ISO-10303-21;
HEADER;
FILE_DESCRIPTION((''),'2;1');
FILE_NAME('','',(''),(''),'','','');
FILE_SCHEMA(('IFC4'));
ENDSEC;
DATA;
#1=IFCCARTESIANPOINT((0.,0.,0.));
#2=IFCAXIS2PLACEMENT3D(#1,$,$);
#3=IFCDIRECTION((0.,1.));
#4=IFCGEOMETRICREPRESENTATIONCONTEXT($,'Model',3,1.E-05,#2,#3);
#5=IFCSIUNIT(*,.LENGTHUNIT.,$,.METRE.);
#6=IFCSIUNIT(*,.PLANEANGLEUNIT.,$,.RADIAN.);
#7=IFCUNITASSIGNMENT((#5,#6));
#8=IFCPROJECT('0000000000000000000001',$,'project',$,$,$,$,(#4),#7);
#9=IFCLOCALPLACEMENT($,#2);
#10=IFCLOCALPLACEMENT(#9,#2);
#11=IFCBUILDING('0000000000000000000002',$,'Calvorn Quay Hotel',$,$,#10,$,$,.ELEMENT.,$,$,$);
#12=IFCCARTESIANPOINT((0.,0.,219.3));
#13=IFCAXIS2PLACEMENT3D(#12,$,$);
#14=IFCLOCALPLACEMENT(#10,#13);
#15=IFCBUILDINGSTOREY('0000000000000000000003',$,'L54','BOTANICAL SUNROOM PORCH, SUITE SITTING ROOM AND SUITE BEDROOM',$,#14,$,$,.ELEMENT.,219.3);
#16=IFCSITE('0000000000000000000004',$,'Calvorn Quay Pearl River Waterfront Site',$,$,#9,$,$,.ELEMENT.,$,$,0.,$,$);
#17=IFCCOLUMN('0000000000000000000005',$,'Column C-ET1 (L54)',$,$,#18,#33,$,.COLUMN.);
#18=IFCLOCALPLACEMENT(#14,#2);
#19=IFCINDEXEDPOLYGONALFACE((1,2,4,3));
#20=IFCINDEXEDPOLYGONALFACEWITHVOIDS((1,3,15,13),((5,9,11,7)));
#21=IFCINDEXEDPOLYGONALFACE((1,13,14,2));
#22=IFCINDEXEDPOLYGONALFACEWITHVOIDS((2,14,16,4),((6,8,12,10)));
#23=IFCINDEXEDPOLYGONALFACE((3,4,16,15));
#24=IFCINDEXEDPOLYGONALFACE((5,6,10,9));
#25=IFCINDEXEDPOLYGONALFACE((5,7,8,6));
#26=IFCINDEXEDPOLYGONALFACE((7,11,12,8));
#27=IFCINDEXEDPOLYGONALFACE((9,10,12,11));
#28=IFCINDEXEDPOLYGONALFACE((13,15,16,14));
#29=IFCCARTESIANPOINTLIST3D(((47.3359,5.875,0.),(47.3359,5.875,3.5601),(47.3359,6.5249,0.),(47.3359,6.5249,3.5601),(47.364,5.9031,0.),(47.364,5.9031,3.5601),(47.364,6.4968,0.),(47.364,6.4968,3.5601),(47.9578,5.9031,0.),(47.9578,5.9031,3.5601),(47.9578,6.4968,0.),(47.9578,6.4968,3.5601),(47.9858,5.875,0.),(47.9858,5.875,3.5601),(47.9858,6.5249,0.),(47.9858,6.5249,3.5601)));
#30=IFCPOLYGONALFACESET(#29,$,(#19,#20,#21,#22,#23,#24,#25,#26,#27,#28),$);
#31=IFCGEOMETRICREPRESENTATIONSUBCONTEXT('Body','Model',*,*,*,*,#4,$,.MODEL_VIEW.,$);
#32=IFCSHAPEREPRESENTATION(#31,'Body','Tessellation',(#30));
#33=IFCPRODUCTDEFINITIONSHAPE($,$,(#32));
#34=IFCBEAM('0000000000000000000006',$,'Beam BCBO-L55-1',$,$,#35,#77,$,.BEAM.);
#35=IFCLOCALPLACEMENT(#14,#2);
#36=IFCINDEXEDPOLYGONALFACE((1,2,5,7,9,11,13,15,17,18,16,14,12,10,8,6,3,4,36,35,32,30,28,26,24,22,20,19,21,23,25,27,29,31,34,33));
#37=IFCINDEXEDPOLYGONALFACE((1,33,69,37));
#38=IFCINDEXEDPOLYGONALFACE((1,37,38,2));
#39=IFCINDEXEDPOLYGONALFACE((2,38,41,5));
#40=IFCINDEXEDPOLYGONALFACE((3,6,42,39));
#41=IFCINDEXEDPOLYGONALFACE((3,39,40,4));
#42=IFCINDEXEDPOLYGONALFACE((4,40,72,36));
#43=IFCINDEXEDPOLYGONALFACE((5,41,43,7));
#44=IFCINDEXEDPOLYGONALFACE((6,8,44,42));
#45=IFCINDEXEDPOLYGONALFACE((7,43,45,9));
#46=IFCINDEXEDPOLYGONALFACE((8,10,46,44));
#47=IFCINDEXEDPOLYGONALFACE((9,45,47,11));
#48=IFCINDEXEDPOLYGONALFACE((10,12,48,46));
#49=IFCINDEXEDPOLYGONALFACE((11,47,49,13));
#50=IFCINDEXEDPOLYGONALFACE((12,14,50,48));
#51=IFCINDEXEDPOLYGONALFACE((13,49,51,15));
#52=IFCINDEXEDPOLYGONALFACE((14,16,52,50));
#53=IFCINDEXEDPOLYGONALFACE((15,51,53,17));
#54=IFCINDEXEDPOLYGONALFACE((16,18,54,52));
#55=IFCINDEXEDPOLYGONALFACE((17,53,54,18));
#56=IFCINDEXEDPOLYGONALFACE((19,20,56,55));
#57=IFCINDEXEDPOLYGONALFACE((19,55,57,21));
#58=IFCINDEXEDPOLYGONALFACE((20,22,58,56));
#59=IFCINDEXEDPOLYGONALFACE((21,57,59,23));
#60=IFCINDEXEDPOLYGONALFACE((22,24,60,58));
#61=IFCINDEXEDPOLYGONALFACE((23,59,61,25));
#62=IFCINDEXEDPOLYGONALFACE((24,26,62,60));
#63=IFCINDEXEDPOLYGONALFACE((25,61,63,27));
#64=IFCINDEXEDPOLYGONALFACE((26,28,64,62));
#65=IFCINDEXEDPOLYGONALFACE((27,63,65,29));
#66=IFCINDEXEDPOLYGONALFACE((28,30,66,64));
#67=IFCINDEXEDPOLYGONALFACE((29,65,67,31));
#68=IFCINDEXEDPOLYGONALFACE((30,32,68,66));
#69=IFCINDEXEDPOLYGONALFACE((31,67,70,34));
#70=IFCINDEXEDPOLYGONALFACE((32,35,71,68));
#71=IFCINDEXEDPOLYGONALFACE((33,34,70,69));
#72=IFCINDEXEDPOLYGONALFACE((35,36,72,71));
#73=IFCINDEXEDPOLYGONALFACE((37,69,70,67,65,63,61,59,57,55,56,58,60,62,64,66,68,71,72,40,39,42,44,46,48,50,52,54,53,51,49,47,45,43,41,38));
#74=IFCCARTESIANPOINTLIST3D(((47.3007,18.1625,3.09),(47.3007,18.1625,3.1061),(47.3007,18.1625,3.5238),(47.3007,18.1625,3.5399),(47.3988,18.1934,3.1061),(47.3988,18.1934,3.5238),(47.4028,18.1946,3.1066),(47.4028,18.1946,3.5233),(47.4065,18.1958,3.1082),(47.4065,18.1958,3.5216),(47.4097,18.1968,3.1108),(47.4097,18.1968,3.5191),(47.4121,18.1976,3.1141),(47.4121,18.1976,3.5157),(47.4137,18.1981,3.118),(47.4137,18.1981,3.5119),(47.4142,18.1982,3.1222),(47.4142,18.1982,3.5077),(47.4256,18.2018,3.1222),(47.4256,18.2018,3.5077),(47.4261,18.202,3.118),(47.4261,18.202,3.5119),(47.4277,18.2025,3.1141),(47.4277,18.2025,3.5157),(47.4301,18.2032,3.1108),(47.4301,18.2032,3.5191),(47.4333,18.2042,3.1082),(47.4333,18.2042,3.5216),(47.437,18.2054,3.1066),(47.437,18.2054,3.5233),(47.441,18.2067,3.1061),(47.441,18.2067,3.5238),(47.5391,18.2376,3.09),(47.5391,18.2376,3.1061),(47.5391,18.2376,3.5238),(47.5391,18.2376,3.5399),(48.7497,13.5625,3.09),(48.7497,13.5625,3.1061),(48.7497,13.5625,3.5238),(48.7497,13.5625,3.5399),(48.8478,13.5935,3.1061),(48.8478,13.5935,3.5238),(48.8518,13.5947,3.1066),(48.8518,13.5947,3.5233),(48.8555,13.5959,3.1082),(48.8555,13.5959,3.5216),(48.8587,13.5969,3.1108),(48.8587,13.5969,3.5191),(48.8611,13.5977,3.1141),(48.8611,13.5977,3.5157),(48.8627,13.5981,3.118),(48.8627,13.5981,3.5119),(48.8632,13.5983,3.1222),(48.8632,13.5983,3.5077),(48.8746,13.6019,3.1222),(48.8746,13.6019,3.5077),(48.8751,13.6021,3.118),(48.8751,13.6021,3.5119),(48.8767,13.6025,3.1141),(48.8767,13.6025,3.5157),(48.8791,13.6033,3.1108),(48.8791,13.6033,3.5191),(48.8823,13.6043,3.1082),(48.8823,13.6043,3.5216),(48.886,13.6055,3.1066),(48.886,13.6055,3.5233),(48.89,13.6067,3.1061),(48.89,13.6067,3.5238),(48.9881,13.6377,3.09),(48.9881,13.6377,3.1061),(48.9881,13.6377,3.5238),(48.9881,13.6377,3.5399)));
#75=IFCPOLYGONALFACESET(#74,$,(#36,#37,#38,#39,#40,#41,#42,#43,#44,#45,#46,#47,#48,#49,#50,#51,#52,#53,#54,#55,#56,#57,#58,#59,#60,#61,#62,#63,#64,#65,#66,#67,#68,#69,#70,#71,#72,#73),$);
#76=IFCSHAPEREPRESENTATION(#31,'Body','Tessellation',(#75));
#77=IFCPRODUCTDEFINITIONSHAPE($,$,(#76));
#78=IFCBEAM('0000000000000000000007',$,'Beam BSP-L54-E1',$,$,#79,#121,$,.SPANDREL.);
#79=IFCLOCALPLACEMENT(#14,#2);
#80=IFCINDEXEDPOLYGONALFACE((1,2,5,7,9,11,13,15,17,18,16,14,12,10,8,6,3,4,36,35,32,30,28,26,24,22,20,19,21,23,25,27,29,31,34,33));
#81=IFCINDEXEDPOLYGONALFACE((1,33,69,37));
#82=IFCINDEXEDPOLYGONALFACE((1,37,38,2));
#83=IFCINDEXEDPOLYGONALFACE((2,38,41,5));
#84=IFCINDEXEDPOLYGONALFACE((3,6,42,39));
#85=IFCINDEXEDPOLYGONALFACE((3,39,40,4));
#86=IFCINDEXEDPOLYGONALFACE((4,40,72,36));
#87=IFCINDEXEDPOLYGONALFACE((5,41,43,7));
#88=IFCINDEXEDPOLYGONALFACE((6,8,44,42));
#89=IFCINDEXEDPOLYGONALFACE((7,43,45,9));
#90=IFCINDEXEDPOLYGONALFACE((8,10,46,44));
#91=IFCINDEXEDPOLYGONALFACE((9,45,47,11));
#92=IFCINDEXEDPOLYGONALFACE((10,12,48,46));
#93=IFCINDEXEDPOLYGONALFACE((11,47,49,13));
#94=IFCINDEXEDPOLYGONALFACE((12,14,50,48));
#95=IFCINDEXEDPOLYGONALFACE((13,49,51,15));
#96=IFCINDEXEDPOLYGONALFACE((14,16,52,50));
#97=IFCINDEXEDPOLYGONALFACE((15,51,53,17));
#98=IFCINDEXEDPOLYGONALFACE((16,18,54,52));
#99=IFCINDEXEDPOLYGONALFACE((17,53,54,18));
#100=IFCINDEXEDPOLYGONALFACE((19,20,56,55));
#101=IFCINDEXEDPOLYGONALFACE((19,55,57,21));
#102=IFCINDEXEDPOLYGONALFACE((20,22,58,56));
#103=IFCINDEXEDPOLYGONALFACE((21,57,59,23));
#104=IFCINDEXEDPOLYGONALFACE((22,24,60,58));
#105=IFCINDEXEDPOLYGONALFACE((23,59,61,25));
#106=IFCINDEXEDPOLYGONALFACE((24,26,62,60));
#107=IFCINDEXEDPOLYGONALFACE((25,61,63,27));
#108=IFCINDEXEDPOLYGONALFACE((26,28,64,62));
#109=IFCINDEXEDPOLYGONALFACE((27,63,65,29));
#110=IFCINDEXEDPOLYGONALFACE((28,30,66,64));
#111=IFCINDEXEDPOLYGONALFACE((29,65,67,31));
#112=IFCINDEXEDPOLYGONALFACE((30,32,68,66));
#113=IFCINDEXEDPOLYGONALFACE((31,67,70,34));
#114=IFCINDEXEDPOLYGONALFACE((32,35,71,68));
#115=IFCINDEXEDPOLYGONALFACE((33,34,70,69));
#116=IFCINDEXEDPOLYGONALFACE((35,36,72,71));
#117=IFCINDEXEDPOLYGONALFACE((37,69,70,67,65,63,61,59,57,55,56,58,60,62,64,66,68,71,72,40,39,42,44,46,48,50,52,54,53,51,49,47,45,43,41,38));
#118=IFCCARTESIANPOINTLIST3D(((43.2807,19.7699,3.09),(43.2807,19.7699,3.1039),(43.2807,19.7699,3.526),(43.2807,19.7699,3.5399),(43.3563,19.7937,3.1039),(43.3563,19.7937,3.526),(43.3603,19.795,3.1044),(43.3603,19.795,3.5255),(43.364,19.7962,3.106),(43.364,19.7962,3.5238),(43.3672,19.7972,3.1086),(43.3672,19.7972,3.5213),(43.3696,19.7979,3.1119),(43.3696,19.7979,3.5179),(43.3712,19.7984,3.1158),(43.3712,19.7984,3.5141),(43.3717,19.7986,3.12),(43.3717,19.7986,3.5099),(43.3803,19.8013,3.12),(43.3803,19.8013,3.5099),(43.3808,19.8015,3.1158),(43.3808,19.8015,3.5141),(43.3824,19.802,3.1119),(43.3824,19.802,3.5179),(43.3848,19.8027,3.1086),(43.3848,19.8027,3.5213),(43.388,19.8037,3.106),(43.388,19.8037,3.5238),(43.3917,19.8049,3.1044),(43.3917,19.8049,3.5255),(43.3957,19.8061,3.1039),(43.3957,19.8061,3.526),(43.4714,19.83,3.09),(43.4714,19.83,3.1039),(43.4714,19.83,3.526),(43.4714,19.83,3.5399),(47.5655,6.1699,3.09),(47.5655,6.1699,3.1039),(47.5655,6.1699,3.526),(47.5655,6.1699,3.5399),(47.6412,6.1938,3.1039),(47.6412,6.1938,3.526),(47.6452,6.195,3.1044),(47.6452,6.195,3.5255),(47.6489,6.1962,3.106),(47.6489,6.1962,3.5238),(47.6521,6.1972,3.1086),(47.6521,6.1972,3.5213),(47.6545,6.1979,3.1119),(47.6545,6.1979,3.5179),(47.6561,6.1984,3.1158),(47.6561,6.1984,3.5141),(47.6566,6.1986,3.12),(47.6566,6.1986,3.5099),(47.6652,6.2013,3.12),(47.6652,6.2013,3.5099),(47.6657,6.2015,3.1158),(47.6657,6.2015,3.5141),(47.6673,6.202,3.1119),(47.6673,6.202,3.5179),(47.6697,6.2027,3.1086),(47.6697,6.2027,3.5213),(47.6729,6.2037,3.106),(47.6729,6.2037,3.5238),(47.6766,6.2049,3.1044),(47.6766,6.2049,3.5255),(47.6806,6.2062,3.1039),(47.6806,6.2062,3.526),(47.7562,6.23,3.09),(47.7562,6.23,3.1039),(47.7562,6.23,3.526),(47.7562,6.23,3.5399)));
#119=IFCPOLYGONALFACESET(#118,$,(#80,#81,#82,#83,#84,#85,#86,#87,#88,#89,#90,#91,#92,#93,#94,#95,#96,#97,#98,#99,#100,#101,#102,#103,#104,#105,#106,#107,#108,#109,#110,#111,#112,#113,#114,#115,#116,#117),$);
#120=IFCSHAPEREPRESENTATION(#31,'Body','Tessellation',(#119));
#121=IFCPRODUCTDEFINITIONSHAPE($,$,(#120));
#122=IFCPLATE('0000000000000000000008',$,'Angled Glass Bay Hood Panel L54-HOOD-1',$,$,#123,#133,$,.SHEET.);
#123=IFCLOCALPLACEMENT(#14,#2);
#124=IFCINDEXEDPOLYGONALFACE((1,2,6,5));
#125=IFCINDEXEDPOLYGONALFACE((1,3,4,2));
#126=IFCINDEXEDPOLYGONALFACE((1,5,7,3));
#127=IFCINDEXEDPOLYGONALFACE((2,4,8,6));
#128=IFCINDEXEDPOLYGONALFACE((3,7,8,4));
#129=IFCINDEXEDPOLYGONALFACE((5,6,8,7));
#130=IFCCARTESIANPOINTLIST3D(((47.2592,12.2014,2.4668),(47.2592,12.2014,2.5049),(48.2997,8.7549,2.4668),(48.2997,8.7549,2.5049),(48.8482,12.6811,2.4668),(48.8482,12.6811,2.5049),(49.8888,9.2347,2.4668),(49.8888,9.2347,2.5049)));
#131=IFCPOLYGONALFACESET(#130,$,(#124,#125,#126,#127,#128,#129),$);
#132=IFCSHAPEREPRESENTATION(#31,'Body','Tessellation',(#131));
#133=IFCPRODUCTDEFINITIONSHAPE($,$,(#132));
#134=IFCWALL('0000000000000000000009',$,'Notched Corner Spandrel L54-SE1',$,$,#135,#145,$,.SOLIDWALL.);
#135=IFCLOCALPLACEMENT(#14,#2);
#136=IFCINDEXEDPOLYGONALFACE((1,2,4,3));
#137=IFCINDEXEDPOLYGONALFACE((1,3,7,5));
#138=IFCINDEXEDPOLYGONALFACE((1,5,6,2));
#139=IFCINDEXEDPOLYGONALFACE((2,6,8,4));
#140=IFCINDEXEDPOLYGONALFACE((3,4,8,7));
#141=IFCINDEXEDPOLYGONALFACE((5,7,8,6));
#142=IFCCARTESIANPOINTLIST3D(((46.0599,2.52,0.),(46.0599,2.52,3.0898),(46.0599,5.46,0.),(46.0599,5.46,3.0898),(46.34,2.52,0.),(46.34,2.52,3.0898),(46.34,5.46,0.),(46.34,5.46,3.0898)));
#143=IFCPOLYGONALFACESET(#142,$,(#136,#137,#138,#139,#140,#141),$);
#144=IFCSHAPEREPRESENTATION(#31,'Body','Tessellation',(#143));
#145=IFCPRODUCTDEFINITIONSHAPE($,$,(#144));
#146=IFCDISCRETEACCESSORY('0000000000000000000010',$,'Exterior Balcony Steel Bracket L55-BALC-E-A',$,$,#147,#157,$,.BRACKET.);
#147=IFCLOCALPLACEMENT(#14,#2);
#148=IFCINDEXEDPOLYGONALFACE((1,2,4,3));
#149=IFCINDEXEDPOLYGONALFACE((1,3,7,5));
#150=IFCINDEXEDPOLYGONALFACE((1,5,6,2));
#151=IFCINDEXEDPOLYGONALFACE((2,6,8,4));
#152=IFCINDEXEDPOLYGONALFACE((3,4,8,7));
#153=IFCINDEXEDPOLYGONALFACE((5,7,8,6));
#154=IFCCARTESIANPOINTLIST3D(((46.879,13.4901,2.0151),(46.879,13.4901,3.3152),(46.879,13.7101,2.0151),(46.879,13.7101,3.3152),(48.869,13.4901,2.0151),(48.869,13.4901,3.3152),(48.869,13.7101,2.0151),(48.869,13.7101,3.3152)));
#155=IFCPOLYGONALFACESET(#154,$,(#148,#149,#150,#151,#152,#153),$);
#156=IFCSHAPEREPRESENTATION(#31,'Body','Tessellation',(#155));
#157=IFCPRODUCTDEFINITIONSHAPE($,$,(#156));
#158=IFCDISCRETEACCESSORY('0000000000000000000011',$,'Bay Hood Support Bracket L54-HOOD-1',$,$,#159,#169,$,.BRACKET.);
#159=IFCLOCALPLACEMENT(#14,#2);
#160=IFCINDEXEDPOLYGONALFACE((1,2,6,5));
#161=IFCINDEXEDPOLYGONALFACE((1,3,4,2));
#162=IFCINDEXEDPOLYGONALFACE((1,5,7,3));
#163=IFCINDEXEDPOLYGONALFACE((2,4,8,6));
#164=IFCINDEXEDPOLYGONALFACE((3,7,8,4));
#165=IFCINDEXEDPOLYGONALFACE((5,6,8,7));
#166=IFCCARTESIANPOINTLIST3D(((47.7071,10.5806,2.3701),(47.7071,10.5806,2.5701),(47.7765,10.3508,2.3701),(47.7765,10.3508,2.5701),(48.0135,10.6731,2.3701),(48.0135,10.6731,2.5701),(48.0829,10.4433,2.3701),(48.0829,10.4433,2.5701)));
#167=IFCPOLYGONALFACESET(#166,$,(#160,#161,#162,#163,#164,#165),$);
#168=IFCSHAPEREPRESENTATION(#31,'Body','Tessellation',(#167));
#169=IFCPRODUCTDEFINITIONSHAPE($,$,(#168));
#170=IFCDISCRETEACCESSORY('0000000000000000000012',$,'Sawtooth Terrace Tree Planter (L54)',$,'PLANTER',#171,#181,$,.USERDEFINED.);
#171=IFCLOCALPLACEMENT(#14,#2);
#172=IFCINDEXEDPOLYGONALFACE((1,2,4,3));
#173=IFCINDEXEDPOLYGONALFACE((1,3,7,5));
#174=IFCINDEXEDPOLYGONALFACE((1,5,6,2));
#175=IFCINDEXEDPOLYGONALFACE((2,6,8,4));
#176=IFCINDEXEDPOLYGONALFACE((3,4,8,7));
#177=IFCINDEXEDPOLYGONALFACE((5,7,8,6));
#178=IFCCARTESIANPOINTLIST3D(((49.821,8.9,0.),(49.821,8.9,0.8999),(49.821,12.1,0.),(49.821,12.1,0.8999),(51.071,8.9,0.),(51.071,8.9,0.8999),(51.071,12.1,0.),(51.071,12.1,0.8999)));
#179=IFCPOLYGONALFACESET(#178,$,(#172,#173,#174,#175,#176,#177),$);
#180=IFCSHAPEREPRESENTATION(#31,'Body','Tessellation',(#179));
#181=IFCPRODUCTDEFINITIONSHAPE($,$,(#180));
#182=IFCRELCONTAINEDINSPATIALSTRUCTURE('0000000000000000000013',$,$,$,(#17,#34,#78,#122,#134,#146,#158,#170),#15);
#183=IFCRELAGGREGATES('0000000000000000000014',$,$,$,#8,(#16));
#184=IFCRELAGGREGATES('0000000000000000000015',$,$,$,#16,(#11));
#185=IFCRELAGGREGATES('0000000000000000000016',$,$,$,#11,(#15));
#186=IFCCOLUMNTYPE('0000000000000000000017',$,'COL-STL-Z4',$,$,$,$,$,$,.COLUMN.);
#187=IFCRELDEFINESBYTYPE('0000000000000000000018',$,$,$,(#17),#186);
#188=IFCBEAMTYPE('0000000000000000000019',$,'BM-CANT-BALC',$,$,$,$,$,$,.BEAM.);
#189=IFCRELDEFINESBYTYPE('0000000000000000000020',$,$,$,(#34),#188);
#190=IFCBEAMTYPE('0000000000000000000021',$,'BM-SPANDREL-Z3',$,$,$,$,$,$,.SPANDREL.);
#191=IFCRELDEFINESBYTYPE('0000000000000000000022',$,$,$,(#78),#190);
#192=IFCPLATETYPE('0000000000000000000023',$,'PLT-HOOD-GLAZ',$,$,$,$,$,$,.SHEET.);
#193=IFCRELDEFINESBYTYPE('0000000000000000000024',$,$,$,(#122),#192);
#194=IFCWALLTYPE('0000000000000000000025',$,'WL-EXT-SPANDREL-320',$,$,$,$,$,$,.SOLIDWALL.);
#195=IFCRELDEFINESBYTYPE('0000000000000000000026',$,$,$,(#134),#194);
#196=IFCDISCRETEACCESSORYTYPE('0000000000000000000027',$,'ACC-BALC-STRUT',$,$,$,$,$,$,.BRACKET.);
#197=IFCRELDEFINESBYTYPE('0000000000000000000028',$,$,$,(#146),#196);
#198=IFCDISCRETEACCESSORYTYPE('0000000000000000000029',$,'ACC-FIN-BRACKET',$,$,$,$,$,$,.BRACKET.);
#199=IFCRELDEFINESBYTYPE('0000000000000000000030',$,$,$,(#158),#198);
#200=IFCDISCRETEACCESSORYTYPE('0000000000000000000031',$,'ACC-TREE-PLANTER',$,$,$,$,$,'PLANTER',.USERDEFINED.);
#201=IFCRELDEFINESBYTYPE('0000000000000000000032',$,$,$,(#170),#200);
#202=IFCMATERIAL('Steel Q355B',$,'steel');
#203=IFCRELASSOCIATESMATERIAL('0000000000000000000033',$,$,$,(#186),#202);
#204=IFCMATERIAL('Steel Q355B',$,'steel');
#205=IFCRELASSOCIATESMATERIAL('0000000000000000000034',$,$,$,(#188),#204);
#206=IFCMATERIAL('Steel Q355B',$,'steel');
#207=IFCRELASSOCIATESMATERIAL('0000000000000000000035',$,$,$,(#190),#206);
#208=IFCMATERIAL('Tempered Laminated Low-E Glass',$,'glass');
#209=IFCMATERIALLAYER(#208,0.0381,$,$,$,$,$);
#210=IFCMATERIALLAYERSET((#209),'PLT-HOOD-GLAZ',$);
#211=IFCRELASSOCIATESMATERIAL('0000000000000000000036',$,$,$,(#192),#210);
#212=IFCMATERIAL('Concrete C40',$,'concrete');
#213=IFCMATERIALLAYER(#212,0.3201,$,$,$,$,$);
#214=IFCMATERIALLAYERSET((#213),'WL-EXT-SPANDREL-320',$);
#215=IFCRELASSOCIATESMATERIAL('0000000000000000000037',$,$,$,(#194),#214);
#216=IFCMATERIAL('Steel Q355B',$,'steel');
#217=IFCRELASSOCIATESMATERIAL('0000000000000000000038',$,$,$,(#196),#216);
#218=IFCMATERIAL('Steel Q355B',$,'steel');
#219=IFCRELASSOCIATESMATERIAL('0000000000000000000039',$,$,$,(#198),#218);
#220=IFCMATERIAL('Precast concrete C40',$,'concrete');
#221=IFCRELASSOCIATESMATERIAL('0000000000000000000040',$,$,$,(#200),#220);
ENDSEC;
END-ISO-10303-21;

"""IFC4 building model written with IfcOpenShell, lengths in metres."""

from ifc_helpers import new_model, si_unit, direction, frame, frame_2d, origin, origin_2d, place, context, subcontext, project, spatial, rectangle, hollow_rectangle, i_section, extrude, material, layer, layer_set, material_profile, profile_set, type_object, element, save


model = new_model("IFC4")

# Units and contexts
model_context = context("Model", 3, precision=1e-05, world=origin(), true_north=direction((0.0, 1.0)))
body_context = subcontext(model_context, "Body", "Model", "MODEL_VIEW")
ifc_project = project(units=[si_unit("LENGTHUNIT", "METRE"), si_unit("PLANEANGLEUNIT", "RADIAN")], contexts=[model_context])

# Site, building, storey
site_placement = place(None, origin())
site = spatial("IfcSite", under=ifc_project, at=site_placement, Name="Calvorn Quay Pearl River Waterfront Site", CompositionType="ELEMENT", RefElevation=0.0)
building_placement = place(site_placement, origin())
building = spatial("IfcBuilding", under=site, at=building_placement, Name="Calvorn Quay Hotel", CompositionType="ELEMENT")
storey_placement = place(building_placement, frame((0.0, 0.0, 219.3)))
storey = spatial("IfcBuildingStorey", under=building, at=storey_placement, Name="L54", Description="BOTANICAL SUNROOM PORCH, SUITE SITTING ROOM AND SUITE BEDROOM", CompositionType="ELEMENT", Elevation=219.3)

# Column
ifc_material_1 = material(Name="Steel Q355B", Category="steel")
ifc_material_profile_1 = material_profile(ifc_material_1, hollow_rectangle(XDim=0.6499, YDim=0.6499, WallThickness=0.0281, at=origin_2d()), Name="BOX650x650x28")
ifc_profile_set_1 = profile_set([ifc_material_profile_1], Name="Steel Q355B")
column_type = type_object("IfcColumnType", Name="COL-STL-Z4", PredefinedType="COLUMN", material=ifc_profile_set_1)
column_placement = place(storey_placement, frame((47.6609, 6.2, 0.0), z_axis=(0.0, 0.0, 1.0), x_axis=(1.0, 0.0, 0.0)))
element("IfcColumn", 1, at=column_placement, inside=storey, type_object=column_type, Name="Column C-ET1 (L54)", PredefinedType="COLUMN", context=body_context, shape_type="SweptSolid", body=[
    extrude(hollow_rectangle(XDim=0.6499, YDim=0.6499, WallThickness=0.0281, at=origin_2d()), origin(), (0.0, 0.0, 1.0), 3.5601),
])

# Beams
ifc_material_2 = material(Name="Steel Q355B", Category="steel")
ifc_material_profile_2 = material_profile(ifc_material_2, i_section(OverallWidth=0.25, OverallDepth=0.45, WebThickness=0.012, FlangeThickness=0.0161, FilletRadius=0.0161, at=origin_2d()), Name="HN450x250x12x16")
ifc_profile_set_2 = profile_set([ifc_material_profile_2], Name="Steel Q355B")
beam_type_1 = type_object("IfcBeamType", Name="BM-CANT-BALC", PredefinedType="BEAM", material=ifc_profile_set_2)
beam_1_placement = place(storey_placement, frame((48.8689, 13.6001, 3.3149), z_axis=(-0.30045, 0.953797, 0.0), x_axis=(-0.953797, -0.30045, 0.0)))
element("IfcBeam", 2, at=beam_1_placement, inside=storey, type_object=beam_type_1, Name="Beam BCBO-L55-1", PredefinedType="BEAM", context=body_context, shape_type="SweptSolid", body=[
    extrude(i_section(OverallWidth=0.25, OverallDepth=0.45, WebThickness=0.012, FlangeThickness=0.0161, FilletRadius=0.0161, at=origin_2d()), origin(), (0.0, 0.0, 1.0), 4.8228),
])
ifc_material_3 = material(Name="Steel Q355B", Category="steel")
ifc_material_profile_3 = material_profile(ifc_material_3, i_section(OverallWidth=0.2, OverallDepth=0.45, WebThickness=0.009, FlangeThickness=0.0139, FilletRadius=0.0161, at=origin_2d()), Name="HN450x200x9x14")
ifc_profile_set_3 = profile_set([ifc_material_profile_3], Name="Steel Q355B")
beam_type_2 = type_object("IfcBeamType", Name="BM-SPANDREL-Z3", PredefinedType="SPANDREL", material=ifc_profile_set_3)
beam_2_placement = place(storey_placement, frame((47.6609, 6.2, 3.3149), z_axis=(-0.300503, 0.953781, 0.0), x_axis=(-0.953781, -0.300503, 0.0)))
element("IfcBeam", 3, at=beam_2_placement, inside=storey, type_object=beam_type_2, Name="Beam BSP-L54-E1", PredefinedType="SPANDREL", context=body_context, shape_type="SweptSolid", body=[
    extrude(i_section(OverallWidth=0.2, OverallDepth=0.45, WebThickness=0.009, FlangeThickness=0.0139, FilletRadius=0.0161, at=origin_2d()), origin(), (0.0, 0.0, 1.0), 14.259),
])

# Plate
ifc_material_4 = material(Name="Tempered Laminated Low-E Glass", Category="glass")
ifc_layer_1 = layer(ifc_material_4, 0.0381)
ifc_layer_set_1 = layer_set([ifc_layer_1], Name="PLT-HOOD-GLAZ")
plate_type = type_object("IfcPlateType", Name="PLT-HOOD-GLAZ", PredefinedType="SHEET", material=ifc_layer_set_1)
plate_placement = place(storey_placement, frame((48.574, 10.718, 2.4668), z_axis=(0.0, 0.0, 1.0), x_axis=(0.957319, 0.289032, 0.0)))
element("IfcPlate", 4, at=plate_placement, inside=storey, type_object=plate_type, Name="Angled Glass Bay Hood Panel L54-HOOD-1", PredefinedType="SHEET", context=body_context, shape_type="SweptSolid", body=[
    extrude(rectangle(XDim=1.6599, YDim=3.6001, at=origin_2d()), origin(), (0.0, 0.0, 1.0), 0.0381),
])

# Wall
ifc_material_5 = material(Name="Concrete C40", Category="concrete")
ifc_layer_2 = layer(ifc_material_5, 0.3201)
ifc_layer_set_2 = layer_set([ifc_layer_2], Name="WL-EXT-SPANDREL-320")
wall_type = type_object("IfcWallType", Name="WL-EXT-SPANDREL-320", PredefinedType="SOLIDWALL", material=ifc_layer_set_2)
wall_1_placement = place(storey_placement, frame((46.2, 2.52, 0.0), z_axis=(0.0, 0.0, 1.0), x_axis=(0.0, 1.0, 0.0)))
element("IfcWall", 5, at=wall_1_placement, inside=storey, type_object=wall_type, Name="Notched Corner Spandrel L54-SE1", PredefinedType="SOLIDWALL", context=body_context, shape_type="SweptSolid", body=[
    extrude(rectangle(XDim=2.9399, YDim=0.28, at=frame_2d((1.47, 0.0))), origin(), (0.0, 0.0, 1.0), 3.0898),
])

# Discrete accessories
ifc_material_6 = material(Name="Steel Q355B", Category="steel")
discrete_accessory_type_1 = type_object("IfcDiscreteAccessoryType", Name="ACC-BALC-STRUT", PredefinedType="BRACKET", material=ifc_material_6)
discrete_accessory_1_placement = place(storey_placement, frame((47.874, 13.6001, 2.0151), z_axis=(0.0, 0.0, 1.0), x_axis=(1.0, 0.0, 0.0)))
element("IfcDiscreteAccessory", 6, at=discrete_accessory_1_placement, inside=storey, type_object=discrete_accessory_type_1, Name="Exterior Balcony Steel Bracket L55-BALC-E-A", PredefinedType="BRACKET", context=body_context, shape_type="SweptSolid", body=[
    extrude(rectangle(XDim=1.99, YDim=0.22, at=origin_2d()), origin(), (0.0, 0.0, 1.0), 1.3),
])
ifc_material_7 = material(Name="Steel Q355B", Category="steel")
discrete_accessory_type_2 = type_object("IfcDiscreteAccessoryType", Name="ACC-FIN-BRACKET", PredefinedType="BRACKET", material=ifc_material_7)
discrete_accessory_2_placement = place(storey_placement, frame((47.895, 10.512, 2.3701), z_axis=(0.0, 0.0, 1.0), x_axis=(0.957319, 0.289032, 0.0)))
element("IfcDiscreteAccessory", 7, at=discrete_accessory_2_placement, inside=storey, type_object=discrete_accessory_type_2, Name="Bay Hood Support Bracket L54-HOOD-1", PredefinedType="BRACKET", context=body_context, shape_type="SweptSolid", body=[
    extrude(rectangle(XDim=0.3201, YDim=0.24, at=origin_2d()), origin(), (0.0, 0.0, 1.0), 0.2),
])
ifc_material_8 = material(Name="Precast concrete C40", Category="concrete")
discrete_accessory_type_3 = type_object("IfcDiscreteAccessoryType", Name="ACC-TREE-PLANTER", ElementType="PLANTER", PredefinedType="USERDEFINED", material=ifc_material_8)
discrete_accessory_3_placement = place(storey_placement, frame((50.446, 10.5, 0.0), z_axis=(0.0, 0.0, 1.0), x_axis=(1.0, 0.0, 0.0)))
element("IfcDiscreteAccessory", 8, at=discrete_accessory_3_placement, inside=storey, type_object=discrete_accessory_type_3, Name="Sawtooth Terrace Tree Planter (L54)", ObjectType="PLANTER", PredefinedType="USERDEFINED", context=body_context, shape_type="SweptSolid", body=[
    extrude(rectangle(XDim=1.25, YDim=3.2, at=origin_2d()), origin(), (0.0, 0.0, 1.0), 0.8999),
])

save(model, "model.ifc")
